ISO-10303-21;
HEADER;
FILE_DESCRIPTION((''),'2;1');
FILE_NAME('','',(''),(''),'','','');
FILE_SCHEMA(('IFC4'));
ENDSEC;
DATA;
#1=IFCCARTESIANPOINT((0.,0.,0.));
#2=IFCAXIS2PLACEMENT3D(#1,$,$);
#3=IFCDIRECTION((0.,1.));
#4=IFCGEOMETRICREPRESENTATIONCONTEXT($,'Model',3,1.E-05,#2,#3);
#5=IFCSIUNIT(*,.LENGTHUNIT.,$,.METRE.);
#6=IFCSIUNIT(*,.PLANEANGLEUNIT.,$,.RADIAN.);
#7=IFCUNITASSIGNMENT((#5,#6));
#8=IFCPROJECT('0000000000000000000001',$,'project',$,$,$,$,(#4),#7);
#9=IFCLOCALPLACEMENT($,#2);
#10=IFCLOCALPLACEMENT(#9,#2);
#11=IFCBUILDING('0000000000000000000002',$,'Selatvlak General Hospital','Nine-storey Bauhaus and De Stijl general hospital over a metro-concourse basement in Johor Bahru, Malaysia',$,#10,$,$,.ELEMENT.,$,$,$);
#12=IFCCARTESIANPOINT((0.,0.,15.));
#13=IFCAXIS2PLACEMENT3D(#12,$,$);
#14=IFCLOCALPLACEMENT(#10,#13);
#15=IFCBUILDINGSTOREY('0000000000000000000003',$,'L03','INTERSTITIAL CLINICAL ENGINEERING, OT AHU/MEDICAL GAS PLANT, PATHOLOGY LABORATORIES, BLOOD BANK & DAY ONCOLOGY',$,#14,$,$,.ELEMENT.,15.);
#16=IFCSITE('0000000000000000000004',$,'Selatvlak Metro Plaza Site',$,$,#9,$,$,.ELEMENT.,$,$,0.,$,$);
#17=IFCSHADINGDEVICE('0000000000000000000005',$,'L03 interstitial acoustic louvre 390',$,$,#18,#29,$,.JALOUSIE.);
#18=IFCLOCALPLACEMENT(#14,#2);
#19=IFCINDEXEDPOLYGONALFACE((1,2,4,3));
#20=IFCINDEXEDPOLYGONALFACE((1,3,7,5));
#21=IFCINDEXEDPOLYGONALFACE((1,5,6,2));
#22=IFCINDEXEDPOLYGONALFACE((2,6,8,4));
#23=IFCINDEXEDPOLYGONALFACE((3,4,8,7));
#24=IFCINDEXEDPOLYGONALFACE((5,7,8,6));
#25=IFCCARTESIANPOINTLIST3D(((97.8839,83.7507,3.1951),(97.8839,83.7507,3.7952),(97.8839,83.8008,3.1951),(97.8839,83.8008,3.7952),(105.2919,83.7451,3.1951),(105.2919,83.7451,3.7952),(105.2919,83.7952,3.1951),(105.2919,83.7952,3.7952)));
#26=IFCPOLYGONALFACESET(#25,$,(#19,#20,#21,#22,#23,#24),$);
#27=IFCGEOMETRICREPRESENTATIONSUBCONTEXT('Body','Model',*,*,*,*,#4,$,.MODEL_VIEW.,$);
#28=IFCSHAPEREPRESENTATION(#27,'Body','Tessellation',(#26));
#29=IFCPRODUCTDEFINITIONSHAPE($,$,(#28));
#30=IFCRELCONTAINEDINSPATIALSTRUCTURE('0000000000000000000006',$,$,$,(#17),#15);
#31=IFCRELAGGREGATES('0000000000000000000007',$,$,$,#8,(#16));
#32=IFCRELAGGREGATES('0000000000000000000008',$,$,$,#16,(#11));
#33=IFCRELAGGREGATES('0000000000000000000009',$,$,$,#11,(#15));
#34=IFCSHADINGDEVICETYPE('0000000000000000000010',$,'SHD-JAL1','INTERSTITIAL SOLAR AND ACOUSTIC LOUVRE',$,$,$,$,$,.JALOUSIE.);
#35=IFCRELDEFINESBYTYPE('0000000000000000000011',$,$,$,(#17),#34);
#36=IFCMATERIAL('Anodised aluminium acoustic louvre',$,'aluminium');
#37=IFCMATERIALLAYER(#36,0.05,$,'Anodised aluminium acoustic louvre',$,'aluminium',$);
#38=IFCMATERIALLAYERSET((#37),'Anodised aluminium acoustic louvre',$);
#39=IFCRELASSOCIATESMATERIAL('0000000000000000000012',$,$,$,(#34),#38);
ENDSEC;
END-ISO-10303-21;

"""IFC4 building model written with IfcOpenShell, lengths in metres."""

from ifc_helpers import new_model, si_unit, direction, frame, origin, origin_2d, place, context, subcontext, project, spatial, rectangle, extrude, material, layer, layer_set, type_object, element, save


model = new_model("IFC4")

# Units and contexts
model_context = context("Model", 3, precision=1e-05, world=origin(), true_north=direction((0.0, 1.0)))
body_context = subcontext(model_context, "Body", "Model", "MODEL_VIEW")
ifc_project = project(units=[si_unit("LENGTHUNIT", "METRE"), si_unit("PLANEANGLEUNIT", "RADIAN")], contexts=[model_context])

# Site, building, storey
site_placement = place(None, origin())
site = spatial("IfcSite", under=ifc_project, at=site_placement, Name="Selatvlak Metro Plaza Site", CompositionType="ELEMENT", RefElevation=0.0)
building_placement = place(site_placement, origin())
building = spatial("IfcBuilding", under=site, at=building_placement, Name="Selatvlak General Hospital", Description="Nine-storey Bauhaus and De Stijl general hospital over a metro-concourse basement in Johor Bahru, Malaysia", CompositionType="ELEMENT")
storey_placement = place(building_placement, frame((0.0, 0.0, 15.0)))
storey = spatial("IfcBuildingStorey", under=building, at=storey_placement, Name="L03", Description="INTERSTITIAL CLINICAL ENGINEERING, OT AHU/MEDICAL GAS PLANT, PATHOLOGY LABORATORIES, BLOOD BANK & DAY ONCOLOGY", CompositionType="ELEMENT", Elevation=15.0)

# Shading device
ifc_material_1 = material(Name="Anodised aluminium acoustic louvre", Category="aluminium")
ifc_layer_1 = layer(ifc_material_1, 0.05, Name="Anodised aluminium acoustic louvre", Category="aluminium")
ifc_layer_set_1 = layer_set([ifc_layer_1], Name="Anodised aluminium acoustic louvre")
shading_device_type = type_object("IfcShadingDeviceType", Name="SHD-JAL1", Description="INTERSTITIAL SOLAR AND ACOUSTIC LOUVRE", PredefinedType="JALOUSIE", material=ifc_layer_set_1)
shading_device_placement = place(storey_placement, frame((101.5879, 83.7729, 3.1951), z_axis=(0.0, 0.0, 1.0), x_axis=(-1.0, 0.00075, 0.0)))
element("IfcShadingDevice", 1, at=shading_device_placement, inside=storey, type_object=shading_device_type, Name="L03 interstitial acoustic louvre 390", PredefinedType="JALOUSIE", context=body_context, shape_type="SweptSolid", body=[
    extrude(rectangle(XDim=7.408, YDim=0.05, at=origin_2d()), origin(), (0.0, 0.0, 1.0), 0.6001),
])

save(model, "model.ifc")
